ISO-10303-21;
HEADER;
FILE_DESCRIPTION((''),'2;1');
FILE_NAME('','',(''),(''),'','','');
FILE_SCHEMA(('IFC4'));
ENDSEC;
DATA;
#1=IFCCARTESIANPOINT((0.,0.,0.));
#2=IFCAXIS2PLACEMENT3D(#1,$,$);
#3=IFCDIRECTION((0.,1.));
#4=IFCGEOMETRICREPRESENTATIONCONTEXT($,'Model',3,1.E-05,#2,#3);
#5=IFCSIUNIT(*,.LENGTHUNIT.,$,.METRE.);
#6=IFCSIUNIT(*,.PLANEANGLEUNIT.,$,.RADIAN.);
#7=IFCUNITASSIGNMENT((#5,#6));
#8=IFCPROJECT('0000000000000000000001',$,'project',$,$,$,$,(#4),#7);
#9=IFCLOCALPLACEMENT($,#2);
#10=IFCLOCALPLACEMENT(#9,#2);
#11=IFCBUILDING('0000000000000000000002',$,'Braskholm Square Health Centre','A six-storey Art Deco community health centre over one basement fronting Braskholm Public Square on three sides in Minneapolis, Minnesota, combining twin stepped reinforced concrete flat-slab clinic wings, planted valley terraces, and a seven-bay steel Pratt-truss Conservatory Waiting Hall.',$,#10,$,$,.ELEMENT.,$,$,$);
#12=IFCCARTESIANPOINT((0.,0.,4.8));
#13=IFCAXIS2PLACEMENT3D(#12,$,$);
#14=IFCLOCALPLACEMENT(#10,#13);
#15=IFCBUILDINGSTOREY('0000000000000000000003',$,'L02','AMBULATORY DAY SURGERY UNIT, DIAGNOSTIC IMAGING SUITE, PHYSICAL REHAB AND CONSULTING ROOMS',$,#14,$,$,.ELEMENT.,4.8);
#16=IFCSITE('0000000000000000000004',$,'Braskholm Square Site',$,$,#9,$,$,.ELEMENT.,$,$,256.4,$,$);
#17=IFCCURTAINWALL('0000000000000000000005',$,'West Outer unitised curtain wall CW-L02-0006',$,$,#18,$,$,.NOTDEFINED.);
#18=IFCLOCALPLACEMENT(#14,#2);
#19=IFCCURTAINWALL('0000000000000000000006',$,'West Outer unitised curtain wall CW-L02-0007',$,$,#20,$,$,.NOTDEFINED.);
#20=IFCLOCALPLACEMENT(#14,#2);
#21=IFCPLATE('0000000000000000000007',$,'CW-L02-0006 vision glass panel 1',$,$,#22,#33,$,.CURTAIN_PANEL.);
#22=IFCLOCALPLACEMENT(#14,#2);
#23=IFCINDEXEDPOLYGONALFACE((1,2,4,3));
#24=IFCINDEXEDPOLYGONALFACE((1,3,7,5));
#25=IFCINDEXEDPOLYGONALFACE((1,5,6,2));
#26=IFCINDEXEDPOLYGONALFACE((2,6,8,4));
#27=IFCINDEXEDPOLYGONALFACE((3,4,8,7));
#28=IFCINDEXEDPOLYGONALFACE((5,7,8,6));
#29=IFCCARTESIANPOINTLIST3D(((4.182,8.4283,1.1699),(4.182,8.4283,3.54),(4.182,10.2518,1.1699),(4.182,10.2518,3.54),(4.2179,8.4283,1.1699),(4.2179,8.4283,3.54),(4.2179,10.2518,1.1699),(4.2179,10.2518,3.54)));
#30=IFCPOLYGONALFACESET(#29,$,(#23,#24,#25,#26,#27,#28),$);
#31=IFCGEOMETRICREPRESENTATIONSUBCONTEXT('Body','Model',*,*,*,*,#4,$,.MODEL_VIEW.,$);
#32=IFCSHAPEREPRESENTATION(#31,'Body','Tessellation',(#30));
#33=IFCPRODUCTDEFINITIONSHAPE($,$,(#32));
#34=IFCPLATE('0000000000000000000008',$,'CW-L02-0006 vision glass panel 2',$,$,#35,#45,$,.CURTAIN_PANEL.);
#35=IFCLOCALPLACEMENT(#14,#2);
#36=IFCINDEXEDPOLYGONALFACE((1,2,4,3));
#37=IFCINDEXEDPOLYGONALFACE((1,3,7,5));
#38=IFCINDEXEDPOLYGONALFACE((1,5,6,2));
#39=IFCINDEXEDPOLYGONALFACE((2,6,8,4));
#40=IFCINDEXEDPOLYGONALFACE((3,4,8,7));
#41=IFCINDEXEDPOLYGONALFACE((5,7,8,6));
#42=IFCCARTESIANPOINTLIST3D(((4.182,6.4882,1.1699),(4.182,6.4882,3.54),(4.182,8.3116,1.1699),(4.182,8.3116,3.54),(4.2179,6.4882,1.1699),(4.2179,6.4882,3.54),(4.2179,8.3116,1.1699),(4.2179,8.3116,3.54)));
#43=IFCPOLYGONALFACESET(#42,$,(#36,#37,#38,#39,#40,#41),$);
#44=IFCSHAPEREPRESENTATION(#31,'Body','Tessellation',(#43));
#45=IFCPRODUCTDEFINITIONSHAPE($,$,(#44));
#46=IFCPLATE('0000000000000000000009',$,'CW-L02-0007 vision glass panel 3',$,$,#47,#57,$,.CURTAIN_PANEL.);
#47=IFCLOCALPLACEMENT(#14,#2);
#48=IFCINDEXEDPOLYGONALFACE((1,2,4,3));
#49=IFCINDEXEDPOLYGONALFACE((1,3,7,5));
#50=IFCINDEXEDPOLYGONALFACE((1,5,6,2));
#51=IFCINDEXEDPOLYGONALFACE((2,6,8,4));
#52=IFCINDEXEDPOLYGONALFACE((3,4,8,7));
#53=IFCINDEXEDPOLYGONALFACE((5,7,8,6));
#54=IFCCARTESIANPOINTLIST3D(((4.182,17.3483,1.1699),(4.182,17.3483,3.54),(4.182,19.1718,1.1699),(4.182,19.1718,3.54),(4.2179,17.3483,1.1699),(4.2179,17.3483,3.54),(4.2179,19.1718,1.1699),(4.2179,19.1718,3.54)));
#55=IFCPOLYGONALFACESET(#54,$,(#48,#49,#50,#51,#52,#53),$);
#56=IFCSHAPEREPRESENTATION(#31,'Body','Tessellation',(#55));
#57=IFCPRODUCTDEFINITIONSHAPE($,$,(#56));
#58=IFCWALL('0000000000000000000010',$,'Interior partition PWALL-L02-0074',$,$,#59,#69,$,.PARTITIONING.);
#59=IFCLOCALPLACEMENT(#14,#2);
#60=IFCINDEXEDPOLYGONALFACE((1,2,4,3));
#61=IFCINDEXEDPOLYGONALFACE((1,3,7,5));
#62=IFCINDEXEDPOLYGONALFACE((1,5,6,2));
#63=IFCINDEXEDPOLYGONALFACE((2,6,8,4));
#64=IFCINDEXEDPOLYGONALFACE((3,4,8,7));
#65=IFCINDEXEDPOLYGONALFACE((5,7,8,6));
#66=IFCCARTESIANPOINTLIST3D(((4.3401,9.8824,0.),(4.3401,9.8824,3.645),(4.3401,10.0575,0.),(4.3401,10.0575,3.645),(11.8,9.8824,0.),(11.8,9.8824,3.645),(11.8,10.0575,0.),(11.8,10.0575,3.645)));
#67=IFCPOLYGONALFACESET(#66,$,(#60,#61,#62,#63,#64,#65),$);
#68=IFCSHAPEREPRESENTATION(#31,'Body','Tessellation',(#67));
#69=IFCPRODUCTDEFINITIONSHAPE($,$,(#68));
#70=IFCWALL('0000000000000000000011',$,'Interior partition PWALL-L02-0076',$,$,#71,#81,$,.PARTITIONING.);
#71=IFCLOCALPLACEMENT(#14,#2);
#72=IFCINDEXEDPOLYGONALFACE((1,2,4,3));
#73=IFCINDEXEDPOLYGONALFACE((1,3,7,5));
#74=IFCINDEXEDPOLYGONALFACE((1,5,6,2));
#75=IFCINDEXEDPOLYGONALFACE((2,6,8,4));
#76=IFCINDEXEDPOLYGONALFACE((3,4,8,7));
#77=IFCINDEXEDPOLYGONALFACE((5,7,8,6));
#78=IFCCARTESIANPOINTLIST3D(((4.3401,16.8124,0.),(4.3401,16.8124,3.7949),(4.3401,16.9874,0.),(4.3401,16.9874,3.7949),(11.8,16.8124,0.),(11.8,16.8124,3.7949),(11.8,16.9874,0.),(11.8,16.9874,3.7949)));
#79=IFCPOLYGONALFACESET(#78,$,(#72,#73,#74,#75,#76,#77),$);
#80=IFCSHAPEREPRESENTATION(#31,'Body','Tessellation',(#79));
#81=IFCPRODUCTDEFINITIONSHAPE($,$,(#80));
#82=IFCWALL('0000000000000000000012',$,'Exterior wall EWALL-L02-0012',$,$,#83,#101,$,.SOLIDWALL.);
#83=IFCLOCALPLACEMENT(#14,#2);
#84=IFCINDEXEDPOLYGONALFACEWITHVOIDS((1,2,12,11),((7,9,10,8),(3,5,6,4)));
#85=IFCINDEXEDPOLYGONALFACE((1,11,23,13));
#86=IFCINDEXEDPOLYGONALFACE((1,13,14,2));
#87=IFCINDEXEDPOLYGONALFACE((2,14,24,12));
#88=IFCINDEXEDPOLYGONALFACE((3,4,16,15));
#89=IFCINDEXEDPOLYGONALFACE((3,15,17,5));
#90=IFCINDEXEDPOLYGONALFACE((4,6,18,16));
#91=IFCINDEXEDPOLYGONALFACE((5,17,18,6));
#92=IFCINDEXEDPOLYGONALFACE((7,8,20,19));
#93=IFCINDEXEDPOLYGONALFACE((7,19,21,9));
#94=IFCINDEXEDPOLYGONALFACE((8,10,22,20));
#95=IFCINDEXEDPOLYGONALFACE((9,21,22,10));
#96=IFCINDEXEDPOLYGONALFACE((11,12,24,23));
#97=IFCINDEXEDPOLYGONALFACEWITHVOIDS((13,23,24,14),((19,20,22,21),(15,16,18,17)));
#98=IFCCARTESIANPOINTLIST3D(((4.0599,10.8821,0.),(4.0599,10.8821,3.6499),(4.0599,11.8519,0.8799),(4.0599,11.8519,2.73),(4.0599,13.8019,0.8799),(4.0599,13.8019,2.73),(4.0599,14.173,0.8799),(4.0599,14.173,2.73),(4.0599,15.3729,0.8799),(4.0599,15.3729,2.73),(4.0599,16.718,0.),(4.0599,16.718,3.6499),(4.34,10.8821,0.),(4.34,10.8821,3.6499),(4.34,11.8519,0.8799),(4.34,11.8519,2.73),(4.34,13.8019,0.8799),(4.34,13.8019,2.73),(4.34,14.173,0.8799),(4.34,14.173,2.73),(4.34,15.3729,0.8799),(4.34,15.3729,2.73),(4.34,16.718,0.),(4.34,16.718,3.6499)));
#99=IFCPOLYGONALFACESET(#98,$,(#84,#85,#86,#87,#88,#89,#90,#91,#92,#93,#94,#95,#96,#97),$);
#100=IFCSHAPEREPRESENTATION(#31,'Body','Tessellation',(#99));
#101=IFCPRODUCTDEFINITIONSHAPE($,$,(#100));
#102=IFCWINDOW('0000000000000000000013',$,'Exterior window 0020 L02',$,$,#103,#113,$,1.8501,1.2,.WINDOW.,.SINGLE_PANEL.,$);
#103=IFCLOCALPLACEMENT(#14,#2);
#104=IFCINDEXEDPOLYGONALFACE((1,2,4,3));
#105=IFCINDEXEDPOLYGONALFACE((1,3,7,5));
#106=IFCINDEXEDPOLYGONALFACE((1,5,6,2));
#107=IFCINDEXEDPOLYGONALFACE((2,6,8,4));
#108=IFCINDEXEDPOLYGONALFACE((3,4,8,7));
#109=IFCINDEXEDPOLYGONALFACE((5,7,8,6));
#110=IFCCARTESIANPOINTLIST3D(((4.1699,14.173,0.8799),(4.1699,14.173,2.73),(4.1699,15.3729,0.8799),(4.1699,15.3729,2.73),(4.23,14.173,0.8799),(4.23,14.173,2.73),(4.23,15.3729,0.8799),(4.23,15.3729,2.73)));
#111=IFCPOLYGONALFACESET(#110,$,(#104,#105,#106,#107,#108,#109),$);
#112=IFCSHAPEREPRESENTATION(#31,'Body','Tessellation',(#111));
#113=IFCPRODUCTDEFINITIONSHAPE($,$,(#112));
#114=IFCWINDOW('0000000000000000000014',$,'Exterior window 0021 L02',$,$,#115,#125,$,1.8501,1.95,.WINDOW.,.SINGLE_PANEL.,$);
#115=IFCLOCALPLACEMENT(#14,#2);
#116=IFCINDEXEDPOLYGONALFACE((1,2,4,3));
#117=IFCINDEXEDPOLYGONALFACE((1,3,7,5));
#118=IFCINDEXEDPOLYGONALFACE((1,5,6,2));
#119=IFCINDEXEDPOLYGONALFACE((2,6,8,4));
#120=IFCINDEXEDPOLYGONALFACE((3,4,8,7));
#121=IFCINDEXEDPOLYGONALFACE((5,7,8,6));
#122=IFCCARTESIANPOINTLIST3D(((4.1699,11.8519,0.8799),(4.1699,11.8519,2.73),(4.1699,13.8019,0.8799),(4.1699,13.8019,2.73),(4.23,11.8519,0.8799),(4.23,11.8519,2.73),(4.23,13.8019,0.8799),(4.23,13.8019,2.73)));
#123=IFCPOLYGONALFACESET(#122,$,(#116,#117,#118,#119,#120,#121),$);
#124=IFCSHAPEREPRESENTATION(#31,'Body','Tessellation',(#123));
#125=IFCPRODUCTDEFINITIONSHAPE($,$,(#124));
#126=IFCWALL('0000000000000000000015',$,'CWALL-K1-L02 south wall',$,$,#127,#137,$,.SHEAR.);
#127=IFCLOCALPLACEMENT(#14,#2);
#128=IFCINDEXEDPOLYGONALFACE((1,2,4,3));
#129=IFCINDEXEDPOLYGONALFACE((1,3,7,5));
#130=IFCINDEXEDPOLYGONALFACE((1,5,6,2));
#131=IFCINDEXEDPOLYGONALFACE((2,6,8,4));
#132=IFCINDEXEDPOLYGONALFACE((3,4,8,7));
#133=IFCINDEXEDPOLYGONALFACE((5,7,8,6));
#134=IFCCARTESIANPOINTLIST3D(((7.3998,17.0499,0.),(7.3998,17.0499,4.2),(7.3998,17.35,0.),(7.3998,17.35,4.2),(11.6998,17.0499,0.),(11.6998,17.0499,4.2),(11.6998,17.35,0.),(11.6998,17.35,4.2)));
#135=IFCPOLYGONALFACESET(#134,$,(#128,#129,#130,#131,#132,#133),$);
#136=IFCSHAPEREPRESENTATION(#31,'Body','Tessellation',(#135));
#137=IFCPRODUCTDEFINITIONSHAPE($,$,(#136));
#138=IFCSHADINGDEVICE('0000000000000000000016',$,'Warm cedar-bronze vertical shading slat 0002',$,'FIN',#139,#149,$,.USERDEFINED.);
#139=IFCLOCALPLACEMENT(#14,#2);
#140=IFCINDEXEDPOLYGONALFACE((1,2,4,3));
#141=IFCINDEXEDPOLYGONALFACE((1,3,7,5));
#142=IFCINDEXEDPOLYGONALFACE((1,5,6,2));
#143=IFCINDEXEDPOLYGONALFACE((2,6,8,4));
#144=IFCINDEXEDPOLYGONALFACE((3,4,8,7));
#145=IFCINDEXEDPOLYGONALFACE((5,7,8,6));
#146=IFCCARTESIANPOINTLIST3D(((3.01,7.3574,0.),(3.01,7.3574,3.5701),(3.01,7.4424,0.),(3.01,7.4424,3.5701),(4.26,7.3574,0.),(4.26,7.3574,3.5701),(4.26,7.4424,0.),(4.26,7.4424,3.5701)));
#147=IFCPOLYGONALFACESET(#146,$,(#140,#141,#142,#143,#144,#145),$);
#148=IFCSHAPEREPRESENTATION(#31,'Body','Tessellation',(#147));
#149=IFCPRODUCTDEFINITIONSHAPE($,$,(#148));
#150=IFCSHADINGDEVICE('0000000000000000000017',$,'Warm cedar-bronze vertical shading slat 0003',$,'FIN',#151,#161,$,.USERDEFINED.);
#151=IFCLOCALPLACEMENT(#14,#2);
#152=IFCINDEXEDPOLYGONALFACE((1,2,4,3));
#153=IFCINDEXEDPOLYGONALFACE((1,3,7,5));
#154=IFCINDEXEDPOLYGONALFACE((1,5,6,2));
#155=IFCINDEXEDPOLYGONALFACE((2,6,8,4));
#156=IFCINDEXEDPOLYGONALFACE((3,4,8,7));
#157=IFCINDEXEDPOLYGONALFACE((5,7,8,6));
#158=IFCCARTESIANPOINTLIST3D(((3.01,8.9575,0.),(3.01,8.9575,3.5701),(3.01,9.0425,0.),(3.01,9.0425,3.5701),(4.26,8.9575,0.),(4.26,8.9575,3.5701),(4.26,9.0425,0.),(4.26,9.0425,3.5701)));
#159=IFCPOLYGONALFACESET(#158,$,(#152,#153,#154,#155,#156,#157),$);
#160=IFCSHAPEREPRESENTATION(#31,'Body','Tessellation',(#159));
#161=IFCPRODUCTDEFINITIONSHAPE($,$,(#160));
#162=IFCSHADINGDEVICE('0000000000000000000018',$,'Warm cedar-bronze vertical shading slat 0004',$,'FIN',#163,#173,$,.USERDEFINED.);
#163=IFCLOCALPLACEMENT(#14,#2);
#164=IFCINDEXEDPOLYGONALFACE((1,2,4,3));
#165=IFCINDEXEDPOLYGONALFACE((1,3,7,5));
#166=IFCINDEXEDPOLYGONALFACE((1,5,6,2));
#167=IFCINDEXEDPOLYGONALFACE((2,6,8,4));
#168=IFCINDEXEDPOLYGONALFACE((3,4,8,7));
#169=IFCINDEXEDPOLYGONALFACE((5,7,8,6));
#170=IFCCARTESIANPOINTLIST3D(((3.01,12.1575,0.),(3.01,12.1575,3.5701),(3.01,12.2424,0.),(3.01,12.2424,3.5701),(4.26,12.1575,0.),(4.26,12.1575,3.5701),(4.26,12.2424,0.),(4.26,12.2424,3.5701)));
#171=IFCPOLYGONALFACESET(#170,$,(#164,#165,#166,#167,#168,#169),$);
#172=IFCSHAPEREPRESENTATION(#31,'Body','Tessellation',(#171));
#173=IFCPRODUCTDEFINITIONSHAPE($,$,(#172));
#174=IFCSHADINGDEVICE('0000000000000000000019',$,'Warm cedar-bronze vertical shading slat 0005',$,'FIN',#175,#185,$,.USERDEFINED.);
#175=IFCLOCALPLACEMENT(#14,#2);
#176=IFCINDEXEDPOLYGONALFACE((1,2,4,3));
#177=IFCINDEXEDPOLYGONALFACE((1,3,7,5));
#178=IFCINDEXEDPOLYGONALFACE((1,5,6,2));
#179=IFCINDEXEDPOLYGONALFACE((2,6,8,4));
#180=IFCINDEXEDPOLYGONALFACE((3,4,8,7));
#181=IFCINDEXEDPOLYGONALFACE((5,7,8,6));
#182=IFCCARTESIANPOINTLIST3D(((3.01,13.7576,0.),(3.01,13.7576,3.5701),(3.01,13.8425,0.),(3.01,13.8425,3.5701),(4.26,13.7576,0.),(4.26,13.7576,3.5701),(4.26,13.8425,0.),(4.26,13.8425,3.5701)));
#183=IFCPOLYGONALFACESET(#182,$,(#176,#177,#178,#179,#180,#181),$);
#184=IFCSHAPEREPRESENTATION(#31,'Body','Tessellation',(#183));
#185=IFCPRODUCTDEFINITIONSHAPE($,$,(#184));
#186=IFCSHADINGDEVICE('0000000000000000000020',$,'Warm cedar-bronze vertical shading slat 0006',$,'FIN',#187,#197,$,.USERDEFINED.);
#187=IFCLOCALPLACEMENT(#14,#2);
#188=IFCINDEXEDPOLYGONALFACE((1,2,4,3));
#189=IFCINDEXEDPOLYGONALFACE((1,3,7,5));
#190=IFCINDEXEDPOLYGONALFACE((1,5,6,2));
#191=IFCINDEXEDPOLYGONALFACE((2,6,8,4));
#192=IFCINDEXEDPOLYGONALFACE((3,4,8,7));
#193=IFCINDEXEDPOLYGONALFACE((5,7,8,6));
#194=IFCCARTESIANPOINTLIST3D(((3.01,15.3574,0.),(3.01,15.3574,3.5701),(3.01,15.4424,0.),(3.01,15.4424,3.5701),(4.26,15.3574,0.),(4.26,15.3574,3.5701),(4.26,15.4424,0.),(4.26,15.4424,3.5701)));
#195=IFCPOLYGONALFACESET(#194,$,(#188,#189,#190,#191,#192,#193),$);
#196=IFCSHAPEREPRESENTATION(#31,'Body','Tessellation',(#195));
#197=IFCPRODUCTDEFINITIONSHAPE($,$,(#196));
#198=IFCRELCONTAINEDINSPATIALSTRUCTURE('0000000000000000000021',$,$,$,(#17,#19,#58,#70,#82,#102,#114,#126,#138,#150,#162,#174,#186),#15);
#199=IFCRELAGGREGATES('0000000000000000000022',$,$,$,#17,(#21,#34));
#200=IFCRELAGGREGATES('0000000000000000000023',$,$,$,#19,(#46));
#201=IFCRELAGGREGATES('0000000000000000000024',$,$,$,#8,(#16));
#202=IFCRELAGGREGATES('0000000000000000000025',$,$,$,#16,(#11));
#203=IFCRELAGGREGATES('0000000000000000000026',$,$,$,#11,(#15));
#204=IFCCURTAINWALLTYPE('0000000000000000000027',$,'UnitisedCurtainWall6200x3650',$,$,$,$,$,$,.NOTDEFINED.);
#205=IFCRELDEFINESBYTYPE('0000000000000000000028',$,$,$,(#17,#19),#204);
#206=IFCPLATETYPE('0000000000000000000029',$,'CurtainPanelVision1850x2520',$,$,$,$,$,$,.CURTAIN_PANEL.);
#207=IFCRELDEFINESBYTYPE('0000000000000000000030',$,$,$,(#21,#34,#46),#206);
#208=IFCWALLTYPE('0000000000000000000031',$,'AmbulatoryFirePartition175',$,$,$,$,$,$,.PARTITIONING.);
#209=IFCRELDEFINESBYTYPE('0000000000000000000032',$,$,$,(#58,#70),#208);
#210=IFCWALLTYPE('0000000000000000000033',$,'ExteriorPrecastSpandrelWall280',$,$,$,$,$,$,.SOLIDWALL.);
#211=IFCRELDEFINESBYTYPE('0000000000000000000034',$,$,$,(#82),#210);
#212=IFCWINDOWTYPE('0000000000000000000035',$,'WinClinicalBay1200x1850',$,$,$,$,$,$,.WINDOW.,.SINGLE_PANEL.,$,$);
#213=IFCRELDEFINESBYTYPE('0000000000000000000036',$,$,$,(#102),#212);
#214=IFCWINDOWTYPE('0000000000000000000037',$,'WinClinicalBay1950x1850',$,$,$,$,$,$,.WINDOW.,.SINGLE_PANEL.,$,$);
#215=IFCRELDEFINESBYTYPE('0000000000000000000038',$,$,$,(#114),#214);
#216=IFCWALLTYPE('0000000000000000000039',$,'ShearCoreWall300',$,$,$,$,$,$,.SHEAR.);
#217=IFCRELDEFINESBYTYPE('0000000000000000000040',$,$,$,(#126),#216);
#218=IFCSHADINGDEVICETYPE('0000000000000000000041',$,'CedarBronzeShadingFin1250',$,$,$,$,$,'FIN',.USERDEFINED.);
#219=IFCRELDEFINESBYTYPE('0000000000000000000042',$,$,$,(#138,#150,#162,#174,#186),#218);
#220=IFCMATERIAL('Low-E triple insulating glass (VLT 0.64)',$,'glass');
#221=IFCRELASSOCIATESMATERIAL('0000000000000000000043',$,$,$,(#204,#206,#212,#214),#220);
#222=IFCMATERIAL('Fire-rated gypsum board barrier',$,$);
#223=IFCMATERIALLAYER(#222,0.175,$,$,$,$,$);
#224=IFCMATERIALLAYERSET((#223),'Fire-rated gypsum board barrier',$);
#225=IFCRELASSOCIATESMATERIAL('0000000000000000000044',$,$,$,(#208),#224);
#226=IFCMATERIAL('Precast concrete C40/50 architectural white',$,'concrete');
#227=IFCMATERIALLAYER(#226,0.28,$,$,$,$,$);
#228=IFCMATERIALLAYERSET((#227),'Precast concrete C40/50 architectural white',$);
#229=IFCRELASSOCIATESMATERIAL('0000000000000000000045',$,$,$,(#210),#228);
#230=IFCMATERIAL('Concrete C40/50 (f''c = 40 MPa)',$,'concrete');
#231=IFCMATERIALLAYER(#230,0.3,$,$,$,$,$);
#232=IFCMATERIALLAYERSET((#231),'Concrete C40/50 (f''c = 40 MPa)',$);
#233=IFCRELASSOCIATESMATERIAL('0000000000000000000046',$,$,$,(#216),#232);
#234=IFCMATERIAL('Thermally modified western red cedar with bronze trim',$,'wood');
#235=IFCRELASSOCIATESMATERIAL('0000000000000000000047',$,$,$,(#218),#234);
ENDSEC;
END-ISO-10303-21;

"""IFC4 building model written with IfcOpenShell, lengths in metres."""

from ifc_helpers import new_model, si_unit, direction, frame, frame_2d, origin, origin_with_axes, origin_2d, place, context, subcontext, project, spatial, rectangle, extrude, material, layer, layer_set, type_object, element, fill, aggregate, save


model = new_model("IFC4")

# Units and contexts
model_context = context("Model", 3, precision=1e-05, world=origin(), true_north=direction((0.0, 1.0)))
body_context = subcontext(model_context, "Body", "Model", "MODEL_VIEW")
ifc_project = project(units=[si_unit("LENGTHUNIT", "METRE"), si_unit("PLANEANGLEUNIT", "RADIAN")], contexts=[model_context])

# Site, building, storey
site_placement = place(None, origin())
site = spatial("IfcSite", under=ifc_project, at=site_placement, Name="Braskholm Square Site", CompositionType="ELEMENT", RefElevation=256.4)
building_placement = place(site_placement, origin())
building = spatial("IfcBuilding", under=site, at=building_placement, Name="Braskholm Square Health Centre", Description="A six-storey Art Deco community health centre over one basement fronting Braskholm Public Square on three sides in Minneapolis, Minnesota, combining twin stepped reinforced concrete flat-slab clinic wings, planted valley terraces, and a seven-bay steel Pratt-truss Conservatory Waiting Hall.", CompositionType="ELEMENT")
storey_placement = place(building_placement, frame((0.0, 0.0, 4.8)))
storey = spatial("IfcBuildingStorey", under=building, at=storey_placement, Name="L02", Description="AMBULATORY DAY SURGERY UNIT, DIAGNOSTIC IMAGING SUITE, PHYSICAL REHAB AND CONSULTING ROOMS", CompositionType="ELEMENT", Elevation=4.8)

# Shared definitions
ifc_material_1 = material(Name="Precast concrete C40/50 architectural white", Category="concrete")

# Curtain wall
ifc_material_2 = material(Name="Low-E triple insulating glass (VLT 0.64)", Category="glass")
curtain_wall_type = type_object("IfcCurtainWallType", Name="UnitisedCurtainWall6200x3650", PredefinedType="NOTDEFINED", material=ifc_material_2)
curtain_wall_1_placement = place(storey_placement, origin())
curtain_wall_1 = element("IfcCurtainWall", 1, at=curtain_wall_1_placement, inside=storey, type_object=curtain_wall_type, Name="West Outer unitised curtain wall CW-L02-0006", PredefinedType="NOTDEFINED")

# Curtain wall
curtain_wall_2_placement = place(storey_placement, origin())
curtain_wall_2 = element("IfcCurtainWall", 2, at=curtain_wall_2_placement, inside=storey, type_object=curtain_wall_type, Name="West Outer unitised curtain wall CW-L02-0007", PredefinedType="NOTDEFINED")

# Plates
plate_type_1 = type_object("IfcPlateType", Name="CurtainPanelVision1850x2520", PredefinedType="CURTAIN_PANEL", material=ifc_material_2)
plate_1_placement = place(storey_placement, frame((4.2, 9.3401, 1.1699), z_axis=(0.0, 0.0, 1.0), x_axis=(0.0, -1.0, 0.0)))
plate_1 = element("IfcPlate", 3, at=plate_1_placement, type_object=plate_type_1, Name="CW-L02-0006 vision glass panel 1", PredefinedType="CURTAIN_PANEL", context=body_context, shape_type="SweptSolid", body=[
    extrude(rectangle(XDim=1.8235, YDim=0.0359, at=origin_2d()), origin(), (0.0, 0.0, 1.0), 2.3701),
])
plate_2_placement = place(storey_placement, frame((4.2, 7.3999, 1.1699), z_axis=(0.0, 0.0, 1.0), x_axis=(0.0, -1.0, 0.0)))
plate_2 = element("IfcPlate", 4, at=plate_2_placement, type_object=plate_type_1, Name="CW-L02-0006 vision glass panel 2", PredefinedType="CURTAIN_PANEL", context=body_context, shape_type="SweptSolid", body=[
    extrude(rectangle(XDim=1.8235, YDim=0.0359, at=origin_2d()), origin(), (0.0, 0.0, 1.0), 2.3701),
])
aggregate(curtain_wall_1, [plate_1, plate_2])
plate_3_placement = place(storey_placement, frame((4.2, 18.26, 1.1699), z_axis=(0.0, 0.0, 1.0), x_axis=(0.0, -1.0, 0.0)))
plate_3 = element("IfcPlate", 5, at=plate_3_placement, type_object=plate_type_1, Name="CW-L02-0007 vision glass panel 3", PredefinedType="CURTAIN_PANEL", context=body_context, shape_type="SweptSolid", body=[
    extrude(rectangle(XDim=1.8235, YDim=0.0359, at=origin_2d()), origin(), (0.0, 0.0, 1.0), 2.3701),
])
aggregate(curtain_wall_2, [plate_3])

# Walls
ifc_material_3 = material(Name="Fire-rated gypsum board barrier")
ifc_layer_1 = layer(ifc_material_3, 0.175)
ifc_layer_set_1 = layer_set([ifc_layer_1], Name="Fire-rated gypsum board barrier")
wall_type_1 = type_object("IfcWallType", Name="AmbulatoryFirePartition175", PredefinedType="PARTITIONING", material=ifc_layer_set_1)
wall_1_placement = place(storey_placement, frame((4.3401, 9.97, 0.0), z_axis=(0.0, 0.0, 1.0), x_axis=(1.0, 0.0, 0.0)))
element("IfcWall", 6, at=wall_1_placement, inside=storey, type_object=wall_type_1, Name="Interior partition PWALL-L02-0074", PredefinedType="PARTITIONING", context=body_context, shape_type="SweptSolid", body=[
    extrude(rectangle(XDim=7.46, YDim=0.175, at=frame_2d((3.73, 0.0))), origin(), (0.0, 0.0, 1.0), 3.645),
])
wall_2_placement = place(storey_placement, frame((4.3401, 16.8999, 0.0), z_axis=(0.0, 0.0, 1.0), x_axis=(1.0, 0.0, 0.0)))
element("IfcWall", 7, at=wall_2_placement, inside=storey, type_object=wall_type_1, Name="Interior partition PWALL-L02-0076", PredefinedType="PARTITIONING", context=body_context, shape_type="SweptSolid", body=[
    extrude(rectangle(XDim=7.46, YDim=0.175, at=frame_2d((3.73, 0.0))), origin(), (0.0, 0.0, 1.0), 3.7949),
])

# Wall, openings, windows
ifc_layer_2 = layer(ifc_material_1, 0.28)
ifc_layer_set_2 = layer_set([ifc_layer_2], Name="Precast concrete C40/50 architectural white")
wall_type_2 = type_object("IfcWallType", Name="ExteriorPrecastSpandrelWall280", PredefinedType="SOLIDWALL", material=ifc_layer_set_2)
wall_3_placement = place(storey_placement, frame((4.2, 16.718, 0.0), z_axis=(0.0, 0.0, 1.0), x_axis=(0.0, -1.0, 0.0)))
wall_3 = element("IfcWall", 8, at=wall_3_placement, inside=storey, type_object=wall_type_2, Name="Exterior wall EWALL-L02-0012", PredefinedType="SOLIDWALL", context=body_context, shape_type="SweptSolid", body=[
    extrude(rectangle(XDim=5.8359, YDim=0.28, at=frame_2d((2.918, 0.0))), origin(), (0.0, 0.0, 1.0), 3.6499),
])
opening_1_placement = place(wall_3_placement, frame((1.345, 0.0, 0.8799)))
opening_1 = element("IfcOpeningElement", 9, at=opening_1_placement, cuts=wall_3, PredefinedType="OPENING", context=body_context, shape_type="SweptSolid", body=[
    extrude(rectangle(XDim=1.2, YDim=1.8501, at=frame_2d((0.6001, 0.925))), frame((0.0, 0.1499, 0.0), z_axis=(0.0, -1.0, 0.0), x_axis=(1.0, 0.0, 0.0)), (0.0, 0.0, 1.0), 0.3),
])
opening_2_placement = place(wall_3_placement, frame((2.916, 0.0, 0.8799)))
opening_2 = element("IfcOpeningElement", 10, at=opening_2_placement, cuts=wall_3, PredefinedType="OPENING", context=body_context, shape_type="SweptSolid", body=[
    extrude(rectangle(XDim=1.95, YDim=1.8501, at=frame_2d((0.9751, 0.925))), frame((0.0, 0.1499, 0.0), z_axis=(0.0, -1.0, 0.0), x_axis=(1.0, 0.0, 0.0)), (0.0, 0.0, 1.0), 0.3),
])
window_type_1 = type_object("IfcWindowType", Name="WinClinicalBay1200x1850", PartitioningType="SINGLE_PANEL", PredefinedType="WINDOW", material=ifc_material_2)
window_1_placement = place(opening_1_placement, origin_with_axes())
window_1 = element("IfcWindow", 11, at=window_1_placement, inside=storey, type_object=window_type_1, Name="Exterior window 0020 L02", OverallHeight=1.8501, OverallWidth=1.2, PartitioningType="SINGLE_PANEL", PredefinedType="WINDOW", context=body_context, shape_type="SweptSolid", body=[
    extrude(rectangle(XDim=1.2, YDim=1.8501, at=frame_2d((0.6001, 0.925))), frame((0.0, 0.03, 0.0), z_axis=(0.0, -1.0, 0.0), x_axis=(1.0, 0.0, 0.0)), (0.0, 0.0, 1.0), 0.0601),
])
fill(opening_1, window_1)
window_type_2 = type_object("IfcWindowType", Name="WinClinicalBay1950x1850", PartitioningType="SINGLE_PANEL", PredefinedType="WINDOW", material=ifc_material_2)
window_2_placement = place(opening_2_placement, origin_with_axes())
window_2 = element("IfcWindow", 12, at=window_2_placement, inside=storey, type_object=window_type_2, Name="Exterior window 0021 L02", OverallHeight=1.8501, OverallWidth=1.95, PartitioningType="SINGLE_PANEL", PredefinedType="WINDOW", context=body_context, shape_type="SweptSolid", body=[
    extrude(rectangle(XDim=1.95, YDim=1.8501, at=frame_2d((0.9751, 0.925))), frame((0.0, 0.03, 0.0), z_axis=(0.0, -1.0, 0.0), x_axis=(1.0, 0.0, 0.0)), (0.0, 0.0, 1.0), 0.0601),
])
fill(opening_2, window_2)

# Wall
ifc_material_4 = material(Name="Concrete C40/50 (f'c = 40 MPa)", Category="concrete")
ifc_layer_3 = layer(ifc_material_4, 0.3)
ifc_layer_set_3 = layer_set([ifc_layer_3], Name="Concrete C40/50 (f'c = 40 MPa)")
wall_type_3 = type_object("IfcWallType", Name="ShearCoreWall300", PredefinedType="SHEAR", material=ifc_layer_set_3)
wall_4_placement = place(storey_placement, frame((7.3999, 17.2, 0.0), z_axis=(0.0, 0.0, 1.0), x_axis=(1.0, 0.0, 0.0)))
element("IfcWall", 13, at=wall_4_placement, inside=storey, type_object=wall_type_3, Name="CWALL-K1-L02 south wall", PredefinedType="SHEAR", context=body_context, shape_type="SweptSolid", body=[
    extrude(rectangle(XDim=4.3, YDim=0.3, at=frame_2d((2.1499, 0.0))), origin(), (0.0, 0.0, 1.0), 4.2),
])

# Shading devices
ifc_material_5 = material(Name="Thermally modified western red cedar with bronze trim", Category="wood")
shading_device_type = type_object("IfcShadingDeviceType", Name="CedarBronzeShadingFin1250", ElementType="FIN", PredefinedType="USERDEFINED", material=ifc_material_5)
for number, where, z_axis, x_axis, name in (
    (14, (3.635, 7.3999, 0.0), (0.0, 0.0, 1.0), (1.0, 0.0, 0.0), "Warm cedar-bronze vertical shading slat 0002"),
    (15, (3.635, 9.0, 0.0), (0.0, 0.0, 1.0), (1.0, 0.0, 0.0), "Warm cedar-bronze vertical shading slat 0003"),
    (16, (3.635, 12.2, 0.0), (0.0, 0.0, 1.0), (1.0, 0.0, 0.0), "Warm cedar-bronze vertical shading slat 0004"),
    (17, (3.635, 13.8, 0.0), (0.0, 0.0, 1.0), (1.0, 0.0, 0.0), "Warm cedar-bronze vertical shading slat 0005"),
    (18, (3.635, 15.3999, 0.0), (0.0, 0.0, 1.0), (1.0, 0.0, 0.0), "Warm cedar-bronze vertical shading slat 0006"),
):
    element("IfcShadingDevice", number, at=place(storey_placement, frame(where, z_axis=z_axis, x_axis=x_axis)), inside=storey, type_object=shading_device_type, Name=name, ObjectType="FIN", PredefinedType="USERDEFINED", context=body_context, shape_type="SweptSolid", body=[
        extrude(rectangle(XDim=1.25, YDim=0.085, at=origin_2d()), origin(), (0.0, 0.0, 1.0), 3.5701),
    ])

save(model, "model.ifc")
